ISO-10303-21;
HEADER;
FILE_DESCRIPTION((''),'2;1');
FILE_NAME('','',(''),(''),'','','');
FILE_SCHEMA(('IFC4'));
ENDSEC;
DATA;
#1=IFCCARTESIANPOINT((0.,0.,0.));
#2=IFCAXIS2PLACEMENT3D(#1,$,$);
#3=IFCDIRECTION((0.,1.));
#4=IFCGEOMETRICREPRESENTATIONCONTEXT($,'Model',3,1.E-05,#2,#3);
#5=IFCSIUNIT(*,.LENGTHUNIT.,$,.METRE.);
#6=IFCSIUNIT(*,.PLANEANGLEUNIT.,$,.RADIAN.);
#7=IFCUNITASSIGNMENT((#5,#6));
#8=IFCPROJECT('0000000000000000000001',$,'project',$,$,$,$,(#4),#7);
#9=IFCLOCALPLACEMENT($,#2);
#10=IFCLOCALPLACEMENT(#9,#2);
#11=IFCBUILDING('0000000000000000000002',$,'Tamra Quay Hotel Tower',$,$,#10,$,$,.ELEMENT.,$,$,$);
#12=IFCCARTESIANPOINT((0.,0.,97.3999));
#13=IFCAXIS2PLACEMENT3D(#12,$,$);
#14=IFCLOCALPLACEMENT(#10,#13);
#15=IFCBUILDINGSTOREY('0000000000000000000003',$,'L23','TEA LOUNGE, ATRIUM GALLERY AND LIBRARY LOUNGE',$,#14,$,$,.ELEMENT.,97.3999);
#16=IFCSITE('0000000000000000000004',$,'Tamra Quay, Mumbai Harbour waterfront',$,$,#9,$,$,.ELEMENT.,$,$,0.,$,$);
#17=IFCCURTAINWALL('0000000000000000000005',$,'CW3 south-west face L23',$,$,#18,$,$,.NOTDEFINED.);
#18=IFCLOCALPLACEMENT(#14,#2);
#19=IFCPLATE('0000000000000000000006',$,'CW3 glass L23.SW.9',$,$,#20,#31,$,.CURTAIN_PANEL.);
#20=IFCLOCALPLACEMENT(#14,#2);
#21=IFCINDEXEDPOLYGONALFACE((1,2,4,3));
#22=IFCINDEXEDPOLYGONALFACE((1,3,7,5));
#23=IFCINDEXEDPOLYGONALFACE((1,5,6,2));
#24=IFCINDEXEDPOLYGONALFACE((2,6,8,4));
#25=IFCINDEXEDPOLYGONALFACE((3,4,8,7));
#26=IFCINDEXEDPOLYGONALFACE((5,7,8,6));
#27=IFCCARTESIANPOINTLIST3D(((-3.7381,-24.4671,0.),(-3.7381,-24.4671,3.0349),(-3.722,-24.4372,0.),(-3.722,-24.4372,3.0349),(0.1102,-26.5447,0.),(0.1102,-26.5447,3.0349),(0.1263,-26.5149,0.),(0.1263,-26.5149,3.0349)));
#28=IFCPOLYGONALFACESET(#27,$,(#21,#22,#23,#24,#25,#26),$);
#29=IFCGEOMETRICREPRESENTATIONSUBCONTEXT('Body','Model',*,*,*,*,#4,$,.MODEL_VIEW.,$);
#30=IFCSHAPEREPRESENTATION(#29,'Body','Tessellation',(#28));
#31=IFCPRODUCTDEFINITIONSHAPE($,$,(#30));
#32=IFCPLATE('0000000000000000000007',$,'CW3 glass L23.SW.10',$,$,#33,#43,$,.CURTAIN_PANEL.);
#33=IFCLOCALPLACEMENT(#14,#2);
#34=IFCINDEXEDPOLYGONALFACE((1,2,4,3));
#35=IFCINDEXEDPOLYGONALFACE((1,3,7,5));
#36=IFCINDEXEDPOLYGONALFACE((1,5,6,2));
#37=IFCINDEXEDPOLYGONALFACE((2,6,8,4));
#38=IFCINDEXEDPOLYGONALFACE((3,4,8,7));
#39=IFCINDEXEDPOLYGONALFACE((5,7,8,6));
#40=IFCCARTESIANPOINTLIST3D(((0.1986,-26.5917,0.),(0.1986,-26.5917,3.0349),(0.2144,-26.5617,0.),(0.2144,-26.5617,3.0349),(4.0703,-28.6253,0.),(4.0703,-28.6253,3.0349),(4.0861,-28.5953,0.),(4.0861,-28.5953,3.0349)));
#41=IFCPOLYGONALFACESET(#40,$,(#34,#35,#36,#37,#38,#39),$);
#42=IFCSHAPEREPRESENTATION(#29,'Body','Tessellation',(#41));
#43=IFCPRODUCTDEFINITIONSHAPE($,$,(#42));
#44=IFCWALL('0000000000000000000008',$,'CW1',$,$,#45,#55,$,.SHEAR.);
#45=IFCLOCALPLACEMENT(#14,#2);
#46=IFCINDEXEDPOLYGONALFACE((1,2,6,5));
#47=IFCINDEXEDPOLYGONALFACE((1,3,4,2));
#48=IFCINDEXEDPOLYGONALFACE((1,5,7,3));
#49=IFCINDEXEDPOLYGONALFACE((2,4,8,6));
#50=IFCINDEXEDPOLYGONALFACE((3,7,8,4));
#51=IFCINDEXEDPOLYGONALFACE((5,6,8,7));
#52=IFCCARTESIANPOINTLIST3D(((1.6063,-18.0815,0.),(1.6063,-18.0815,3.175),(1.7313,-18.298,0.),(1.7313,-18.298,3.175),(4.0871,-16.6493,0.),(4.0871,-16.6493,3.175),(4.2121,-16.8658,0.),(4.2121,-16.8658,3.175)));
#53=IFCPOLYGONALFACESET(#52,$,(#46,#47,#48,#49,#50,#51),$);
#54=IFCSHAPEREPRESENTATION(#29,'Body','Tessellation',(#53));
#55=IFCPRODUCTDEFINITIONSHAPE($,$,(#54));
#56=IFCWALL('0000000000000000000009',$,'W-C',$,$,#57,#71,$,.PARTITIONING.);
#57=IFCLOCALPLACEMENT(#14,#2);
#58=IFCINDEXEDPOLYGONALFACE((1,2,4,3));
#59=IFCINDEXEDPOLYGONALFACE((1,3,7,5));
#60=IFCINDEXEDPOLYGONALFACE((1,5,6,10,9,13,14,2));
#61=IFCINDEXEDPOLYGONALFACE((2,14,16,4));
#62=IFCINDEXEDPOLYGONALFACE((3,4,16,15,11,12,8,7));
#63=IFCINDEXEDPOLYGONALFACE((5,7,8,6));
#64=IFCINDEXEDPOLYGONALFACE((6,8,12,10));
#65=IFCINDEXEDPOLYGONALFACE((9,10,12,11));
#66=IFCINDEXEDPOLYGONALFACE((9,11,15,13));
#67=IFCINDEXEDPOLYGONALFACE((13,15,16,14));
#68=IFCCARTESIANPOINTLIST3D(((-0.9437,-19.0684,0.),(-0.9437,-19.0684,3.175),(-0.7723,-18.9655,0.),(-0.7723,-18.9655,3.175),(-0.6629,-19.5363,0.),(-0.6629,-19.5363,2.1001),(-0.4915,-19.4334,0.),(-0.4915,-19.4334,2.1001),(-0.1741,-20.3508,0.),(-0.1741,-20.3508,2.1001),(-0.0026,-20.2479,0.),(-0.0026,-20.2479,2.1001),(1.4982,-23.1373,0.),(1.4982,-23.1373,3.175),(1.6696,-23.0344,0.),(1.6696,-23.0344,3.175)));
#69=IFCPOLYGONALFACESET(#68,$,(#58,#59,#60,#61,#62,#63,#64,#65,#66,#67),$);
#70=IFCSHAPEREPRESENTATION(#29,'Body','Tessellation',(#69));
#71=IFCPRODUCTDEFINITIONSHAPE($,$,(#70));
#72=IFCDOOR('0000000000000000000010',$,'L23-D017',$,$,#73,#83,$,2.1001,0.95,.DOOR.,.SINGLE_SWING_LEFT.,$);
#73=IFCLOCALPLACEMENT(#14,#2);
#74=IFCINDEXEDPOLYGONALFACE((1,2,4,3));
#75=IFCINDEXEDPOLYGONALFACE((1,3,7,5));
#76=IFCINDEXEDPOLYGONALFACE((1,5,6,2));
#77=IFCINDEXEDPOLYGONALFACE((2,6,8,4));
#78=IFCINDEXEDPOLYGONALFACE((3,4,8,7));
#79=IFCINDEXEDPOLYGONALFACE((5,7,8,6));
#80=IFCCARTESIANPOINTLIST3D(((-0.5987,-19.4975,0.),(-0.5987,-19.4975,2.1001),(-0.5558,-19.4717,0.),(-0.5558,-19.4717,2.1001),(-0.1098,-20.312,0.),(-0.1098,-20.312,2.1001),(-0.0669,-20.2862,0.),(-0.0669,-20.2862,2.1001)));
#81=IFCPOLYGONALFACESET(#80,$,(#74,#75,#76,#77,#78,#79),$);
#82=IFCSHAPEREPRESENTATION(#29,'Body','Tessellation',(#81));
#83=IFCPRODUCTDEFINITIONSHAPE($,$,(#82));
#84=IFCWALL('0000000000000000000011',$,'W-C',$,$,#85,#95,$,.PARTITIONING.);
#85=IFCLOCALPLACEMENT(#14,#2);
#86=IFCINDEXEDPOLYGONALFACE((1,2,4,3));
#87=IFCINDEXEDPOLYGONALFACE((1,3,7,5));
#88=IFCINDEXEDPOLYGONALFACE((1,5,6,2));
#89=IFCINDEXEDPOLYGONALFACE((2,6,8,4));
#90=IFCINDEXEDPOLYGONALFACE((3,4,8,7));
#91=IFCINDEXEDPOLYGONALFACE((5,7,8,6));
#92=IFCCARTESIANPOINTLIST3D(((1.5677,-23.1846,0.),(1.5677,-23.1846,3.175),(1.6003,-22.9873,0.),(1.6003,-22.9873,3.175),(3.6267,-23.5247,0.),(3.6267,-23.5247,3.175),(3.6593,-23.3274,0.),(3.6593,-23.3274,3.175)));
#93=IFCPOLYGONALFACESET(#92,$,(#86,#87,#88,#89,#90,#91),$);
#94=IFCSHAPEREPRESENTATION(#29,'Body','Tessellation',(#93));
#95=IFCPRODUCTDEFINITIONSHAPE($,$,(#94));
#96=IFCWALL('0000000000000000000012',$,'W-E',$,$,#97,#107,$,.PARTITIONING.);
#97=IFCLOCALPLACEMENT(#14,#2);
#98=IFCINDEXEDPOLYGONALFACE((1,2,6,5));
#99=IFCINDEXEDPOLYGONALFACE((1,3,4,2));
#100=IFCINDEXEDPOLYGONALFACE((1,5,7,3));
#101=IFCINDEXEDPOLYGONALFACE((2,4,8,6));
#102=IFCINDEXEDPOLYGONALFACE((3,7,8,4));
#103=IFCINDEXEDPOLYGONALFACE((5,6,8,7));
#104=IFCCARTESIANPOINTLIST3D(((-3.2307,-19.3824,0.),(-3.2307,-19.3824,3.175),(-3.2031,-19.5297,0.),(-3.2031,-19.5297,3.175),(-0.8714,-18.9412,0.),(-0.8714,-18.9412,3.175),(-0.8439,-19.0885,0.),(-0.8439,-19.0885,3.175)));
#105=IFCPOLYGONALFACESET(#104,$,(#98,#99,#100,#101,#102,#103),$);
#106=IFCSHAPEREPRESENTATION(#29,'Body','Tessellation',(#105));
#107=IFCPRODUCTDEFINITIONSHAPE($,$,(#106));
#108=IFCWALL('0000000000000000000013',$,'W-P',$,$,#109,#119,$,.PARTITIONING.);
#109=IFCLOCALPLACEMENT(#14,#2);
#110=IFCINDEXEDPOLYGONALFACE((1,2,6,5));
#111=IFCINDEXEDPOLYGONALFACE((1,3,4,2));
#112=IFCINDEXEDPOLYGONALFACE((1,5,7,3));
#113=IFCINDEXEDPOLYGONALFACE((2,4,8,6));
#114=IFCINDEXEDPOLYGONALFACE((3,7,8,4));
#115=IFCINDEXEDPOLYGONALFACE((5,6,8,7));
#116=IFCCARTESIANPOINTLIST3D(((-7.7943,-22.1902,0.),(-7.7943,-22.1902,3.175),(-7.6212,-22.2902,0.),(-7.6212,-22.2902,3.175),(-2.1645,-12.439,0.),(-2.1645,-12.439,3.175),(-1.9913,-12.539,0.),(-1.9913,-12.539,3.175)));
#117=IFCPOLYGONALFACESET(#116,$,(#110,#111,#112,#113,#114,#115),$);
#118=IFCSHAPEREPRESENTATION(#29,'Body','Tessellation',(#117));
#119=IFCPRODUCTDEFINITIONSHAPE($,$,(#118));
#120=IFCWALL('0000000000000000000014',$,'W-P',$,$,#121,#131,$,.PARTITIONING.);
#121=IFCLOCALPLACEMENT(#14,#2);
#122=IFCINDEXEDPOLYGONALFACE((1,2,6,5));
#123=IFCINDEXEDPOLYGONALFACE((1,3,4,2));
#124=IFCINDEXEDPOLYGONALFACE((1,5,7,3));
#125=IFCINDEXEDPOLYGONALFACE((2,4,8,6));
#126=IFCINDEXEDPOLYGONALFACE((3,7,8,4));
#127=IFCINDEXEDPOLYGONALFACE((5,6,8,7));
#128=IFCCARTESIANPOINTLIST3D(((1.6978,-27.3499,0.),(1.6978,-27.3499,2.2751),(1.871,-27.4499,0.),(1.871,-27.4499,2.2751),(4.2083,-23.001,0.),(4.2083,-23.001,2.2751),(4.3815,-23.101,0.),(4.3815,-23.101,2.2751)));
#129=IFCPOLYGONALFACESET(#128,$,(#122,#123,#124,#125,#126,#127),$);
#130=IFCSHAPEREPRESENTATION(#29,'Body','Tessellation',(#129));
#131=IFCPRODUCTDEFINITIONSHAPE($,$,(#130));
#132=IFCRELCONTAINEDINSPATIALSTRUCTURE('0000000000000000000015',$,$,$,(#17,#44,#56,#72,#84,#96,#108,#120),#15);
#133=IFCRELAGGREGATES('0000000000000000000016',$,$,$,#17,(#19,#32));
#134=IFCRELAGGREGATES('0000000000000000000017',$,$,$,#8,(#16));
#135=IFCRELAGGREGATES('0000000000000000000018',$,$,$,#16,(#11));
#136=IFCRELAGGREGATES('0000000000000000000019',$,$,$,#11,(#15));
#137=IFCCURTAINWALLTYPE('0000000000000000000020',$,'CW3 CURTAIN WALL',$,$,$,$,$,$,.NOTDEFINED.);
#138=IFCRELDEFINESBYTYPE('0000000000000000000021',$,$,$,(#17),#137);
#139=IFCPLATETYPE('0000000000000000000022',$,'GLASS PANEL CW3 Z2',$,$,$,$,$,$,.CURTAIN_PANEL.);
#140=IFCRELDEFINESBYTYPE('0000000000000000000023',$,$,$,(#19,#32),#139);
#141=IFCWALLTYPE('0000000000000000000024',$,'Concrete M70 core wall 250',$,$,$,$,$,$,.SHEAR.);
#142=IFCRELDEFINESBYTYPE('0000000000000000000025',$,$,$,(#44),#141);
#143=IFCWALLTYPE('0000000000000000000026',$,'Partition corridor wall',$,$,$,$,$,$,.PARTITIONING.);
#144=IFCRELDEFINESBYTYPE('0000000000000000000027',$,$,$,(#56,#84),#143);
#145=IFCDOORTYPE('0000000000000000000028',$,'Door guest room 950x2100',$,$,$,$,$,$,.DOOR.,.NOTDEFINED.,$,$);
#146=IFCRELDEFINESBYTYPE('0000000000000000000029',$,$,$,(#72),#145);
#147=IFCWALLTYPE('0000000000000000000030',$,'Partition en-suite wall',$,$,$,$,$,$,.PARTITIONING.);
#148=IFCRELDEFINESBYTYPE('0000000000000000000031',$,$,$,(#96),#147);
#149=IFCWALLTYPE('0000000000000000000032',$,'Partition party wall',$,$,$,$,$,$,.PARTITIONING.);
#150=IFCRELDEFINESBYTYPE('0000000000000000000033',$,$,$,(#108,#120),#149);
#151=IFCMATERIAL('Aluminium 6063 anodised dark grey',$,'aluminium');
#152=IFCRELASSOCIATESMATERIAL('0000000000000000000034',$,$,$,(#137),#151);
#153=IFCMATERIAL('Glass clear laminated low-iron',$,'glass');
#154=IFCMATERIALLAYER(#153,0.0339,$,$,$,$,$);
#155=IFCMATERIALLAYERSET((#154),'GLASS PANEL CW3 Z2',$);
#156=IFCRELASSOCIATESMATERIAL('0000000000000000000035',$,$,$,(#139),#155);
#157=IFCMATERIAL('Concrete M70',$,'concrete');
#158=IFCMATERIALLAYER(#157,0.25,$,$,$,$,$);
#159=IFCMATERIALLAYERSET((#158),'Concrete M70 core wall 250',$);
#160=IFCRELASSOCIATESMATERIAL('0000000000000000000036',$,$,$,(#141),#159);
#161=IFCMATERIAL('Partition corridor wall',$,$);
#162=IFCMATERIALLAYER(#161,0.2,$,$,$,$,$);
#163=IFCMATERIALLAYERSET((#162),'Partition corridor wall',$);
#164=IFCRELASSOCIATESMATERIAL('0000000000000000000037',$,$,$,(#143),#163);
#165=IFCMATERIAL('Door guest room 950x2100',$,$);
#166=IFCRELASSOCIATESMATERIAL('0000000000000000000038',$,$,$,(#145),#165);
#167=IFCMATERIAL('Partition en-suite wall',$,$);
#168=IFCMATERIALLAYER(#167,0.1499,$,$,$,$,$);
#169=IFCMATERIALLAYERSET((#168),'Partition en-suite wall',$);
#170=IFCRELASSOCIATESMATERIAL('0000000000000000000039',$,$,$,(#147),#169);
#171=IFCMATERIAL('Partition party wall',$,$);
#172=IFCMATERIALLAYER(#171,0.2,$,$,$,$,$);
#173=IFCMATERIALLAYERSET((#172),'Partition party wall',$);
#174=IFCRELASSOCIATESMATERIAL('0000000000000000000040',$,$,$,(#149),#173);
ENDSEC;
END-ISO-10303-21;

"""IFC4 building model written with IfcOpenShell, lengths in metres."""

from ifc_helpers import new_model, si_unit, direction, frame, frame_2d, origin, origin_2d, place, context, subcontext, project, spatial, rectangle, extrude, material, layer, layer_set, type_object, element, fill, aggregate, save


model = new_model("IFC4")

# Units and contexts
model_context = context("Model", 3, precision=1e-05, world=origin(), true_north=direction((0.0, 1.0)))
body_context = subcontext(model_context, "Body", "Model", "MODEL_VIEW")
ifc_project = project(units=[si_unit("LENGTHUNIT", "METRE"), si_unit("PLANEANGLEUNIT", "RADIAN")], contexts=[model_context])

# Site, building, storey
site_placement = place(None, origin())
site = spatial("IfcSite", under=ifc_project, at=site_placement, Name="Tamra Quay, Mumbai Harbour waterfront", CompositionType="ELEMENT", RefElevation=0.0)
building_placement = place(site_placement, origin())
building = spatial("IfcBuilding", under=site, at=building_placement, Name="Tamra Quay Hotel Tower", CompositionType="ELEMENT")
storey_placement = place(building_placement, frame((0.0, 0.0, 97.3999)))
storey = spatial("IfcBuildingStorey", under=building, at=storey_placement, Name="L23", Description="TEA LOUNGE, ATRIUM GALLERY AND LIBRARY LOUNGE", CompositionType="ELEMENT", Elevation=97.3999)

# Shared definitions
ifc_material_1 = material(Name="Concrete M70", Category="concrete")

# Curtain wall
ifc_material_2 = material(Name="Aluminium 6063 anodised dark grey", Category="aluminium")
curtain_wall_type = type_object("IfcCurtainWallType", Name="CW3 CURTAIN WALL", PredefinedType="NOTDEFINED", material=ifc_material_2)
curtain_wall_placement = place(storey_placement, origin())
curtain_wall = element("IfcCurtainWall", 1, at=curtain_wall_placement, inside=storey, type_object=curtain_wall_type, Name="CW3 south-west face L23", PredefinedType="NOTDEFINED")

# Plates
ifc_material_3 = material(Name="Glass clear laminated low-iron", Category="glass")
ifc_layer_1 = layer(ifc_material_3, 0.0339)
ifc_layer_set_1 = layer_set([ifc_layer_1], Name="GLASS PANEL CW3 Z2")
plate_type = type_object("IfcPlateType", Name="GLASS PANEL CW3 Z2", PredefinedType="CURTAIN_PANEL", material=ifc_layer_set_1)
plate_1_placement = place(storey_placement, frame((-1.8059, -25.491, 0.0), z_axis=(0.0, 0.0, 1.0), x_axis=(0.879946, -0.475074, 0.0)))
plate_1 = element("IfcPlate", 2, at=plate_1_placement, type_object=plate_type, Name="CW3 glass L23.SW.9", PredefinedType="CURTAIN_PANEL", context=body_context, shape_type="SweptSolid", body=[
    extrude(rectangle(XDim=4.3733, YDim=0.0339, at=origin_2d()), origin(), (0.0, 0.0, 1.0), 3.0349),
])
plate_2_placement = place(storey_placement, frame((2.1423, -27.5935, 0.0), z_axis=(0.0, 0.0, 1.0), x_axis=(0.885306, -0.465009, 0.0)))
plate_2 = element("IfcPlate", 3, at=plate_2_placement, type_object=plate_type, Name="CW3 glass L23.SW.10", PredefinedType="CURTAIN_PANEL", context=body_context, shape_type="SweptSolid", body=[
    extrude(rectangle(XDim=4.3733, YDim=0.0339, at=origin_2d()), origin(), (0.0, 0.0, 1.0), 3.0349),
])
aggregate(curtain_wall, [plate_1, plate_2])

# Wall
ifc_layer_2 = layer(ifc_material_1, 0.25)
ifc_layer_set_2 = layer_set([ifc_layer_2], Name="Concrete M70 core wall 250")
wall_type_1 = type_object("IfcWallType", Name="Concrete M70 core wall 250", PredefinedType="SHEAR", material=ifc_layer_set_2)
wall_1_placement = place(storey_placement, frame((1.6689, -18.1897, 0.0), z_axis=(0.0, 0.0, 1.0), x_axis=(0.866042, 0.499971, 0.0)))
element("IfcWall", 4, at=wall_1_placement, inside=storey, type_object=wall_type_1, Name="CW1", PredefinedType="SHEAR", context=body_context, shape_type="SweptSolid", body=[
    extrude(rectangle(XDim=2.8645, YDim=0.25, at=frame_2d((1.4321, 0.0))), origin(), (0.0, 0.0, 1.0), 3.175),
])

# Wall, opening, door
ifc_material_4 = material(Name="Partition corridor wall")
ifc_layer_3 = layer(ifc_material_4, 0.2)
ifc_layer_set_3 = layer_set([ifc_layer_3], Name="Partition corridor wall")
wall_type_2 = type_object("IfcWallType", Name="Partition corridor wall", PredefinedType="PARTITIONING", material=ifc_layer_set_3)
wall_2_placement = place(storey_placement, frame((-0.8579, -19.0171, 0.0), z_axis=(0.0, 0.0, 1.0), x_axis=(0.514587, -0.857438, 0.0)))
wall_2 = element("IfcWall", 5, at=wall_2_placement, inside=storey, type_object=wall_type_2, Name="W-C", PredefinedType="PARTITIONING", context=body_context, shape_type="SweptSolid", body=[
    extrude(rectangle(XDim=4.7454, YDim=0.2, at=frame_2d((2.3726, 0.0))), origin(), (0.0, 0.0, 1.0), 3.175),
])
opening_placement = place(wall_2_placement, frame((0.5454, 0.0, 0.0)))
opening = element("IfcOpeningElement", 6, at=opening_placement, cuts=wall_2, PredefinedType="OPENING", context=body_context, shape_type="SweptSolid", body=[
    extrude(rectangle(XDim=0.95, YDim=2.1001, at=frame_2d((0.4751, 1.05))), frame((0.0, 0.1099, 0.0), z_axis=(0.0, -1.0, 0.0), x_axis=(1.0, 0.0, 0.0)), (0.0, 0.0, 1.0), 0.22),
])
ifc_material_5 = material(Name="Door guest room 950x2100")
door_type = type_object("IfcDoorType", Name="Door guest room 950x2100", OperationType="NOTDEFINED", PredefinedType="DOOR", material=ifc_material_5)
door_placement = place(opening_placement, frame((0.95, 0.0, 0.0), z_axis=(0.0, 0.0, 1.0), x_axis=(-1.0, 0.0, 0.0)))
door = element("IfcDoor", 7, at=door_placement, inside=storey, type_object=door_type, Name="L23-D017", OperationType="SINGLE_SWING_LEFT", OverallHeight=2.1001, OverallWidth=0.95, PredefinedType="DOOR", context=body_context, shape_type="SweptSolid", body=[
    extrude(rectangle(XDim=0.95, YDim=2.1001, at=frame_2d((0.4751, 1.05))), frame((0.0, 0.0249, 0.0), z_axis=(0.0, -1.0, 0.0), x_axis=(1.0, 0.0, 0.0)), (0.0, 0.0, 1.0), 0.05),
])
fill(opening, door)

# Walls
wall_3_placement = place(storey_placement, frame((1.584, -23.0859, 0.0), z_axis=(0.0, 0.0, 1.0), x_axis=(0.986633, -0.162957, 0.0)))
element("IfcWall", 8, at=wall_3_placement, inside=storey, type_object=wall_type_2, Name="W-C", PredefinedType="PARTITIONING", context=body_context, shape_type="SweptSolid", body=[
    extrude(rectangle(XDim=2.0869, YDim=0.2, at=frame_2d((1.0435, 0.0))), origin(), (0.0, 0.0, 1.0), 3.175),
])
ifc_material_6 = material(Name="Partition en-suite wall")
ifc_layer_4 = layer(ifc_material_6, 0.1499)
ifc_layer_set_4 = layer_set([ifc_layer_4], Name="Partition en-suite wall")
wall_type_3 = type_object("IfcWallType", Name="Partition en-suite wall", PredefinedType="PARTITIONING", material=ifc_layer_set_4)
wall_4_placement = place(storey_placement, frame((-3.217, -19.4561, 0.0), z_axis=(0.0, 0.0, 1.0), x_axis=(0.982961, 0.183816, 0.0)))
element("IfcWall", 9, at=wall_4_placement, inside=storey, type_object=wall_type_3, Name="W-E", PredefinedType="PARTITIONING", context=body_context, shape_type="SweptSolid", body=[
    extrude(rectangle(XDim=2.4001, YDim=0.1499, at=frame_2d((1.2002, 0.0))), origin(), (0.0, 0.0, 1.0), 3.175),
])
ifc_material_7 = material(Name="Partition party wall")
ifc_layer_5 = layer(ifc_material_7, 0.2)
ifc_layer_set_5 = layer_set([ifc_layer_5], Name="Partition party wall")
wall_type_4 = type_object("IfcWallType", Name="Partition party wall", PredefinedType="PARTITIONING", material=ifc_layer_set_5)
wall_5_placement = place(storey_placement, frame((-7.7078, -22.2402, 0.0), z_axis=(0.0, 0.0, 1.0), x_axis=(0.500001, 0.866025, 0.0)))
element("IfcWall", 10, at=wall_5_placement, inside=storey, type_object=wall_type_4, Name="W-P", PredefinedType="PARTITIONING", context=body_context, shape_type="SweptSolid", body=[
    extrude(rectangle(XDim=11.2598, YDim=0.2, at=frame_2d((5.6299, 0.0))), origin(), (0.0, 0.0, 1.0), 3.175),
])
wall_6_placement = place(storey_placement, frame((1.7844, -27.3999, 0.0), z_axis=(0.0, 0.0, 1.0), x_axis=(0.499951, 0.866054, 0.0)))
element("IfcWall", 11, at=wall_6_placement, inside=storey, type_object=wall_type_4, Name="W-P", PredefinedType="PARTITIONING", context=body_context, shape_type="SweptSolid", body=[
    extrude(rectangle(XDim=5.0215, YDim=0.2, at=frame_2d((2.5107, 0.0))), origin(), (0.0, 0.0, 1.0), 2.2751),
])

save(model, "model.ifc")
